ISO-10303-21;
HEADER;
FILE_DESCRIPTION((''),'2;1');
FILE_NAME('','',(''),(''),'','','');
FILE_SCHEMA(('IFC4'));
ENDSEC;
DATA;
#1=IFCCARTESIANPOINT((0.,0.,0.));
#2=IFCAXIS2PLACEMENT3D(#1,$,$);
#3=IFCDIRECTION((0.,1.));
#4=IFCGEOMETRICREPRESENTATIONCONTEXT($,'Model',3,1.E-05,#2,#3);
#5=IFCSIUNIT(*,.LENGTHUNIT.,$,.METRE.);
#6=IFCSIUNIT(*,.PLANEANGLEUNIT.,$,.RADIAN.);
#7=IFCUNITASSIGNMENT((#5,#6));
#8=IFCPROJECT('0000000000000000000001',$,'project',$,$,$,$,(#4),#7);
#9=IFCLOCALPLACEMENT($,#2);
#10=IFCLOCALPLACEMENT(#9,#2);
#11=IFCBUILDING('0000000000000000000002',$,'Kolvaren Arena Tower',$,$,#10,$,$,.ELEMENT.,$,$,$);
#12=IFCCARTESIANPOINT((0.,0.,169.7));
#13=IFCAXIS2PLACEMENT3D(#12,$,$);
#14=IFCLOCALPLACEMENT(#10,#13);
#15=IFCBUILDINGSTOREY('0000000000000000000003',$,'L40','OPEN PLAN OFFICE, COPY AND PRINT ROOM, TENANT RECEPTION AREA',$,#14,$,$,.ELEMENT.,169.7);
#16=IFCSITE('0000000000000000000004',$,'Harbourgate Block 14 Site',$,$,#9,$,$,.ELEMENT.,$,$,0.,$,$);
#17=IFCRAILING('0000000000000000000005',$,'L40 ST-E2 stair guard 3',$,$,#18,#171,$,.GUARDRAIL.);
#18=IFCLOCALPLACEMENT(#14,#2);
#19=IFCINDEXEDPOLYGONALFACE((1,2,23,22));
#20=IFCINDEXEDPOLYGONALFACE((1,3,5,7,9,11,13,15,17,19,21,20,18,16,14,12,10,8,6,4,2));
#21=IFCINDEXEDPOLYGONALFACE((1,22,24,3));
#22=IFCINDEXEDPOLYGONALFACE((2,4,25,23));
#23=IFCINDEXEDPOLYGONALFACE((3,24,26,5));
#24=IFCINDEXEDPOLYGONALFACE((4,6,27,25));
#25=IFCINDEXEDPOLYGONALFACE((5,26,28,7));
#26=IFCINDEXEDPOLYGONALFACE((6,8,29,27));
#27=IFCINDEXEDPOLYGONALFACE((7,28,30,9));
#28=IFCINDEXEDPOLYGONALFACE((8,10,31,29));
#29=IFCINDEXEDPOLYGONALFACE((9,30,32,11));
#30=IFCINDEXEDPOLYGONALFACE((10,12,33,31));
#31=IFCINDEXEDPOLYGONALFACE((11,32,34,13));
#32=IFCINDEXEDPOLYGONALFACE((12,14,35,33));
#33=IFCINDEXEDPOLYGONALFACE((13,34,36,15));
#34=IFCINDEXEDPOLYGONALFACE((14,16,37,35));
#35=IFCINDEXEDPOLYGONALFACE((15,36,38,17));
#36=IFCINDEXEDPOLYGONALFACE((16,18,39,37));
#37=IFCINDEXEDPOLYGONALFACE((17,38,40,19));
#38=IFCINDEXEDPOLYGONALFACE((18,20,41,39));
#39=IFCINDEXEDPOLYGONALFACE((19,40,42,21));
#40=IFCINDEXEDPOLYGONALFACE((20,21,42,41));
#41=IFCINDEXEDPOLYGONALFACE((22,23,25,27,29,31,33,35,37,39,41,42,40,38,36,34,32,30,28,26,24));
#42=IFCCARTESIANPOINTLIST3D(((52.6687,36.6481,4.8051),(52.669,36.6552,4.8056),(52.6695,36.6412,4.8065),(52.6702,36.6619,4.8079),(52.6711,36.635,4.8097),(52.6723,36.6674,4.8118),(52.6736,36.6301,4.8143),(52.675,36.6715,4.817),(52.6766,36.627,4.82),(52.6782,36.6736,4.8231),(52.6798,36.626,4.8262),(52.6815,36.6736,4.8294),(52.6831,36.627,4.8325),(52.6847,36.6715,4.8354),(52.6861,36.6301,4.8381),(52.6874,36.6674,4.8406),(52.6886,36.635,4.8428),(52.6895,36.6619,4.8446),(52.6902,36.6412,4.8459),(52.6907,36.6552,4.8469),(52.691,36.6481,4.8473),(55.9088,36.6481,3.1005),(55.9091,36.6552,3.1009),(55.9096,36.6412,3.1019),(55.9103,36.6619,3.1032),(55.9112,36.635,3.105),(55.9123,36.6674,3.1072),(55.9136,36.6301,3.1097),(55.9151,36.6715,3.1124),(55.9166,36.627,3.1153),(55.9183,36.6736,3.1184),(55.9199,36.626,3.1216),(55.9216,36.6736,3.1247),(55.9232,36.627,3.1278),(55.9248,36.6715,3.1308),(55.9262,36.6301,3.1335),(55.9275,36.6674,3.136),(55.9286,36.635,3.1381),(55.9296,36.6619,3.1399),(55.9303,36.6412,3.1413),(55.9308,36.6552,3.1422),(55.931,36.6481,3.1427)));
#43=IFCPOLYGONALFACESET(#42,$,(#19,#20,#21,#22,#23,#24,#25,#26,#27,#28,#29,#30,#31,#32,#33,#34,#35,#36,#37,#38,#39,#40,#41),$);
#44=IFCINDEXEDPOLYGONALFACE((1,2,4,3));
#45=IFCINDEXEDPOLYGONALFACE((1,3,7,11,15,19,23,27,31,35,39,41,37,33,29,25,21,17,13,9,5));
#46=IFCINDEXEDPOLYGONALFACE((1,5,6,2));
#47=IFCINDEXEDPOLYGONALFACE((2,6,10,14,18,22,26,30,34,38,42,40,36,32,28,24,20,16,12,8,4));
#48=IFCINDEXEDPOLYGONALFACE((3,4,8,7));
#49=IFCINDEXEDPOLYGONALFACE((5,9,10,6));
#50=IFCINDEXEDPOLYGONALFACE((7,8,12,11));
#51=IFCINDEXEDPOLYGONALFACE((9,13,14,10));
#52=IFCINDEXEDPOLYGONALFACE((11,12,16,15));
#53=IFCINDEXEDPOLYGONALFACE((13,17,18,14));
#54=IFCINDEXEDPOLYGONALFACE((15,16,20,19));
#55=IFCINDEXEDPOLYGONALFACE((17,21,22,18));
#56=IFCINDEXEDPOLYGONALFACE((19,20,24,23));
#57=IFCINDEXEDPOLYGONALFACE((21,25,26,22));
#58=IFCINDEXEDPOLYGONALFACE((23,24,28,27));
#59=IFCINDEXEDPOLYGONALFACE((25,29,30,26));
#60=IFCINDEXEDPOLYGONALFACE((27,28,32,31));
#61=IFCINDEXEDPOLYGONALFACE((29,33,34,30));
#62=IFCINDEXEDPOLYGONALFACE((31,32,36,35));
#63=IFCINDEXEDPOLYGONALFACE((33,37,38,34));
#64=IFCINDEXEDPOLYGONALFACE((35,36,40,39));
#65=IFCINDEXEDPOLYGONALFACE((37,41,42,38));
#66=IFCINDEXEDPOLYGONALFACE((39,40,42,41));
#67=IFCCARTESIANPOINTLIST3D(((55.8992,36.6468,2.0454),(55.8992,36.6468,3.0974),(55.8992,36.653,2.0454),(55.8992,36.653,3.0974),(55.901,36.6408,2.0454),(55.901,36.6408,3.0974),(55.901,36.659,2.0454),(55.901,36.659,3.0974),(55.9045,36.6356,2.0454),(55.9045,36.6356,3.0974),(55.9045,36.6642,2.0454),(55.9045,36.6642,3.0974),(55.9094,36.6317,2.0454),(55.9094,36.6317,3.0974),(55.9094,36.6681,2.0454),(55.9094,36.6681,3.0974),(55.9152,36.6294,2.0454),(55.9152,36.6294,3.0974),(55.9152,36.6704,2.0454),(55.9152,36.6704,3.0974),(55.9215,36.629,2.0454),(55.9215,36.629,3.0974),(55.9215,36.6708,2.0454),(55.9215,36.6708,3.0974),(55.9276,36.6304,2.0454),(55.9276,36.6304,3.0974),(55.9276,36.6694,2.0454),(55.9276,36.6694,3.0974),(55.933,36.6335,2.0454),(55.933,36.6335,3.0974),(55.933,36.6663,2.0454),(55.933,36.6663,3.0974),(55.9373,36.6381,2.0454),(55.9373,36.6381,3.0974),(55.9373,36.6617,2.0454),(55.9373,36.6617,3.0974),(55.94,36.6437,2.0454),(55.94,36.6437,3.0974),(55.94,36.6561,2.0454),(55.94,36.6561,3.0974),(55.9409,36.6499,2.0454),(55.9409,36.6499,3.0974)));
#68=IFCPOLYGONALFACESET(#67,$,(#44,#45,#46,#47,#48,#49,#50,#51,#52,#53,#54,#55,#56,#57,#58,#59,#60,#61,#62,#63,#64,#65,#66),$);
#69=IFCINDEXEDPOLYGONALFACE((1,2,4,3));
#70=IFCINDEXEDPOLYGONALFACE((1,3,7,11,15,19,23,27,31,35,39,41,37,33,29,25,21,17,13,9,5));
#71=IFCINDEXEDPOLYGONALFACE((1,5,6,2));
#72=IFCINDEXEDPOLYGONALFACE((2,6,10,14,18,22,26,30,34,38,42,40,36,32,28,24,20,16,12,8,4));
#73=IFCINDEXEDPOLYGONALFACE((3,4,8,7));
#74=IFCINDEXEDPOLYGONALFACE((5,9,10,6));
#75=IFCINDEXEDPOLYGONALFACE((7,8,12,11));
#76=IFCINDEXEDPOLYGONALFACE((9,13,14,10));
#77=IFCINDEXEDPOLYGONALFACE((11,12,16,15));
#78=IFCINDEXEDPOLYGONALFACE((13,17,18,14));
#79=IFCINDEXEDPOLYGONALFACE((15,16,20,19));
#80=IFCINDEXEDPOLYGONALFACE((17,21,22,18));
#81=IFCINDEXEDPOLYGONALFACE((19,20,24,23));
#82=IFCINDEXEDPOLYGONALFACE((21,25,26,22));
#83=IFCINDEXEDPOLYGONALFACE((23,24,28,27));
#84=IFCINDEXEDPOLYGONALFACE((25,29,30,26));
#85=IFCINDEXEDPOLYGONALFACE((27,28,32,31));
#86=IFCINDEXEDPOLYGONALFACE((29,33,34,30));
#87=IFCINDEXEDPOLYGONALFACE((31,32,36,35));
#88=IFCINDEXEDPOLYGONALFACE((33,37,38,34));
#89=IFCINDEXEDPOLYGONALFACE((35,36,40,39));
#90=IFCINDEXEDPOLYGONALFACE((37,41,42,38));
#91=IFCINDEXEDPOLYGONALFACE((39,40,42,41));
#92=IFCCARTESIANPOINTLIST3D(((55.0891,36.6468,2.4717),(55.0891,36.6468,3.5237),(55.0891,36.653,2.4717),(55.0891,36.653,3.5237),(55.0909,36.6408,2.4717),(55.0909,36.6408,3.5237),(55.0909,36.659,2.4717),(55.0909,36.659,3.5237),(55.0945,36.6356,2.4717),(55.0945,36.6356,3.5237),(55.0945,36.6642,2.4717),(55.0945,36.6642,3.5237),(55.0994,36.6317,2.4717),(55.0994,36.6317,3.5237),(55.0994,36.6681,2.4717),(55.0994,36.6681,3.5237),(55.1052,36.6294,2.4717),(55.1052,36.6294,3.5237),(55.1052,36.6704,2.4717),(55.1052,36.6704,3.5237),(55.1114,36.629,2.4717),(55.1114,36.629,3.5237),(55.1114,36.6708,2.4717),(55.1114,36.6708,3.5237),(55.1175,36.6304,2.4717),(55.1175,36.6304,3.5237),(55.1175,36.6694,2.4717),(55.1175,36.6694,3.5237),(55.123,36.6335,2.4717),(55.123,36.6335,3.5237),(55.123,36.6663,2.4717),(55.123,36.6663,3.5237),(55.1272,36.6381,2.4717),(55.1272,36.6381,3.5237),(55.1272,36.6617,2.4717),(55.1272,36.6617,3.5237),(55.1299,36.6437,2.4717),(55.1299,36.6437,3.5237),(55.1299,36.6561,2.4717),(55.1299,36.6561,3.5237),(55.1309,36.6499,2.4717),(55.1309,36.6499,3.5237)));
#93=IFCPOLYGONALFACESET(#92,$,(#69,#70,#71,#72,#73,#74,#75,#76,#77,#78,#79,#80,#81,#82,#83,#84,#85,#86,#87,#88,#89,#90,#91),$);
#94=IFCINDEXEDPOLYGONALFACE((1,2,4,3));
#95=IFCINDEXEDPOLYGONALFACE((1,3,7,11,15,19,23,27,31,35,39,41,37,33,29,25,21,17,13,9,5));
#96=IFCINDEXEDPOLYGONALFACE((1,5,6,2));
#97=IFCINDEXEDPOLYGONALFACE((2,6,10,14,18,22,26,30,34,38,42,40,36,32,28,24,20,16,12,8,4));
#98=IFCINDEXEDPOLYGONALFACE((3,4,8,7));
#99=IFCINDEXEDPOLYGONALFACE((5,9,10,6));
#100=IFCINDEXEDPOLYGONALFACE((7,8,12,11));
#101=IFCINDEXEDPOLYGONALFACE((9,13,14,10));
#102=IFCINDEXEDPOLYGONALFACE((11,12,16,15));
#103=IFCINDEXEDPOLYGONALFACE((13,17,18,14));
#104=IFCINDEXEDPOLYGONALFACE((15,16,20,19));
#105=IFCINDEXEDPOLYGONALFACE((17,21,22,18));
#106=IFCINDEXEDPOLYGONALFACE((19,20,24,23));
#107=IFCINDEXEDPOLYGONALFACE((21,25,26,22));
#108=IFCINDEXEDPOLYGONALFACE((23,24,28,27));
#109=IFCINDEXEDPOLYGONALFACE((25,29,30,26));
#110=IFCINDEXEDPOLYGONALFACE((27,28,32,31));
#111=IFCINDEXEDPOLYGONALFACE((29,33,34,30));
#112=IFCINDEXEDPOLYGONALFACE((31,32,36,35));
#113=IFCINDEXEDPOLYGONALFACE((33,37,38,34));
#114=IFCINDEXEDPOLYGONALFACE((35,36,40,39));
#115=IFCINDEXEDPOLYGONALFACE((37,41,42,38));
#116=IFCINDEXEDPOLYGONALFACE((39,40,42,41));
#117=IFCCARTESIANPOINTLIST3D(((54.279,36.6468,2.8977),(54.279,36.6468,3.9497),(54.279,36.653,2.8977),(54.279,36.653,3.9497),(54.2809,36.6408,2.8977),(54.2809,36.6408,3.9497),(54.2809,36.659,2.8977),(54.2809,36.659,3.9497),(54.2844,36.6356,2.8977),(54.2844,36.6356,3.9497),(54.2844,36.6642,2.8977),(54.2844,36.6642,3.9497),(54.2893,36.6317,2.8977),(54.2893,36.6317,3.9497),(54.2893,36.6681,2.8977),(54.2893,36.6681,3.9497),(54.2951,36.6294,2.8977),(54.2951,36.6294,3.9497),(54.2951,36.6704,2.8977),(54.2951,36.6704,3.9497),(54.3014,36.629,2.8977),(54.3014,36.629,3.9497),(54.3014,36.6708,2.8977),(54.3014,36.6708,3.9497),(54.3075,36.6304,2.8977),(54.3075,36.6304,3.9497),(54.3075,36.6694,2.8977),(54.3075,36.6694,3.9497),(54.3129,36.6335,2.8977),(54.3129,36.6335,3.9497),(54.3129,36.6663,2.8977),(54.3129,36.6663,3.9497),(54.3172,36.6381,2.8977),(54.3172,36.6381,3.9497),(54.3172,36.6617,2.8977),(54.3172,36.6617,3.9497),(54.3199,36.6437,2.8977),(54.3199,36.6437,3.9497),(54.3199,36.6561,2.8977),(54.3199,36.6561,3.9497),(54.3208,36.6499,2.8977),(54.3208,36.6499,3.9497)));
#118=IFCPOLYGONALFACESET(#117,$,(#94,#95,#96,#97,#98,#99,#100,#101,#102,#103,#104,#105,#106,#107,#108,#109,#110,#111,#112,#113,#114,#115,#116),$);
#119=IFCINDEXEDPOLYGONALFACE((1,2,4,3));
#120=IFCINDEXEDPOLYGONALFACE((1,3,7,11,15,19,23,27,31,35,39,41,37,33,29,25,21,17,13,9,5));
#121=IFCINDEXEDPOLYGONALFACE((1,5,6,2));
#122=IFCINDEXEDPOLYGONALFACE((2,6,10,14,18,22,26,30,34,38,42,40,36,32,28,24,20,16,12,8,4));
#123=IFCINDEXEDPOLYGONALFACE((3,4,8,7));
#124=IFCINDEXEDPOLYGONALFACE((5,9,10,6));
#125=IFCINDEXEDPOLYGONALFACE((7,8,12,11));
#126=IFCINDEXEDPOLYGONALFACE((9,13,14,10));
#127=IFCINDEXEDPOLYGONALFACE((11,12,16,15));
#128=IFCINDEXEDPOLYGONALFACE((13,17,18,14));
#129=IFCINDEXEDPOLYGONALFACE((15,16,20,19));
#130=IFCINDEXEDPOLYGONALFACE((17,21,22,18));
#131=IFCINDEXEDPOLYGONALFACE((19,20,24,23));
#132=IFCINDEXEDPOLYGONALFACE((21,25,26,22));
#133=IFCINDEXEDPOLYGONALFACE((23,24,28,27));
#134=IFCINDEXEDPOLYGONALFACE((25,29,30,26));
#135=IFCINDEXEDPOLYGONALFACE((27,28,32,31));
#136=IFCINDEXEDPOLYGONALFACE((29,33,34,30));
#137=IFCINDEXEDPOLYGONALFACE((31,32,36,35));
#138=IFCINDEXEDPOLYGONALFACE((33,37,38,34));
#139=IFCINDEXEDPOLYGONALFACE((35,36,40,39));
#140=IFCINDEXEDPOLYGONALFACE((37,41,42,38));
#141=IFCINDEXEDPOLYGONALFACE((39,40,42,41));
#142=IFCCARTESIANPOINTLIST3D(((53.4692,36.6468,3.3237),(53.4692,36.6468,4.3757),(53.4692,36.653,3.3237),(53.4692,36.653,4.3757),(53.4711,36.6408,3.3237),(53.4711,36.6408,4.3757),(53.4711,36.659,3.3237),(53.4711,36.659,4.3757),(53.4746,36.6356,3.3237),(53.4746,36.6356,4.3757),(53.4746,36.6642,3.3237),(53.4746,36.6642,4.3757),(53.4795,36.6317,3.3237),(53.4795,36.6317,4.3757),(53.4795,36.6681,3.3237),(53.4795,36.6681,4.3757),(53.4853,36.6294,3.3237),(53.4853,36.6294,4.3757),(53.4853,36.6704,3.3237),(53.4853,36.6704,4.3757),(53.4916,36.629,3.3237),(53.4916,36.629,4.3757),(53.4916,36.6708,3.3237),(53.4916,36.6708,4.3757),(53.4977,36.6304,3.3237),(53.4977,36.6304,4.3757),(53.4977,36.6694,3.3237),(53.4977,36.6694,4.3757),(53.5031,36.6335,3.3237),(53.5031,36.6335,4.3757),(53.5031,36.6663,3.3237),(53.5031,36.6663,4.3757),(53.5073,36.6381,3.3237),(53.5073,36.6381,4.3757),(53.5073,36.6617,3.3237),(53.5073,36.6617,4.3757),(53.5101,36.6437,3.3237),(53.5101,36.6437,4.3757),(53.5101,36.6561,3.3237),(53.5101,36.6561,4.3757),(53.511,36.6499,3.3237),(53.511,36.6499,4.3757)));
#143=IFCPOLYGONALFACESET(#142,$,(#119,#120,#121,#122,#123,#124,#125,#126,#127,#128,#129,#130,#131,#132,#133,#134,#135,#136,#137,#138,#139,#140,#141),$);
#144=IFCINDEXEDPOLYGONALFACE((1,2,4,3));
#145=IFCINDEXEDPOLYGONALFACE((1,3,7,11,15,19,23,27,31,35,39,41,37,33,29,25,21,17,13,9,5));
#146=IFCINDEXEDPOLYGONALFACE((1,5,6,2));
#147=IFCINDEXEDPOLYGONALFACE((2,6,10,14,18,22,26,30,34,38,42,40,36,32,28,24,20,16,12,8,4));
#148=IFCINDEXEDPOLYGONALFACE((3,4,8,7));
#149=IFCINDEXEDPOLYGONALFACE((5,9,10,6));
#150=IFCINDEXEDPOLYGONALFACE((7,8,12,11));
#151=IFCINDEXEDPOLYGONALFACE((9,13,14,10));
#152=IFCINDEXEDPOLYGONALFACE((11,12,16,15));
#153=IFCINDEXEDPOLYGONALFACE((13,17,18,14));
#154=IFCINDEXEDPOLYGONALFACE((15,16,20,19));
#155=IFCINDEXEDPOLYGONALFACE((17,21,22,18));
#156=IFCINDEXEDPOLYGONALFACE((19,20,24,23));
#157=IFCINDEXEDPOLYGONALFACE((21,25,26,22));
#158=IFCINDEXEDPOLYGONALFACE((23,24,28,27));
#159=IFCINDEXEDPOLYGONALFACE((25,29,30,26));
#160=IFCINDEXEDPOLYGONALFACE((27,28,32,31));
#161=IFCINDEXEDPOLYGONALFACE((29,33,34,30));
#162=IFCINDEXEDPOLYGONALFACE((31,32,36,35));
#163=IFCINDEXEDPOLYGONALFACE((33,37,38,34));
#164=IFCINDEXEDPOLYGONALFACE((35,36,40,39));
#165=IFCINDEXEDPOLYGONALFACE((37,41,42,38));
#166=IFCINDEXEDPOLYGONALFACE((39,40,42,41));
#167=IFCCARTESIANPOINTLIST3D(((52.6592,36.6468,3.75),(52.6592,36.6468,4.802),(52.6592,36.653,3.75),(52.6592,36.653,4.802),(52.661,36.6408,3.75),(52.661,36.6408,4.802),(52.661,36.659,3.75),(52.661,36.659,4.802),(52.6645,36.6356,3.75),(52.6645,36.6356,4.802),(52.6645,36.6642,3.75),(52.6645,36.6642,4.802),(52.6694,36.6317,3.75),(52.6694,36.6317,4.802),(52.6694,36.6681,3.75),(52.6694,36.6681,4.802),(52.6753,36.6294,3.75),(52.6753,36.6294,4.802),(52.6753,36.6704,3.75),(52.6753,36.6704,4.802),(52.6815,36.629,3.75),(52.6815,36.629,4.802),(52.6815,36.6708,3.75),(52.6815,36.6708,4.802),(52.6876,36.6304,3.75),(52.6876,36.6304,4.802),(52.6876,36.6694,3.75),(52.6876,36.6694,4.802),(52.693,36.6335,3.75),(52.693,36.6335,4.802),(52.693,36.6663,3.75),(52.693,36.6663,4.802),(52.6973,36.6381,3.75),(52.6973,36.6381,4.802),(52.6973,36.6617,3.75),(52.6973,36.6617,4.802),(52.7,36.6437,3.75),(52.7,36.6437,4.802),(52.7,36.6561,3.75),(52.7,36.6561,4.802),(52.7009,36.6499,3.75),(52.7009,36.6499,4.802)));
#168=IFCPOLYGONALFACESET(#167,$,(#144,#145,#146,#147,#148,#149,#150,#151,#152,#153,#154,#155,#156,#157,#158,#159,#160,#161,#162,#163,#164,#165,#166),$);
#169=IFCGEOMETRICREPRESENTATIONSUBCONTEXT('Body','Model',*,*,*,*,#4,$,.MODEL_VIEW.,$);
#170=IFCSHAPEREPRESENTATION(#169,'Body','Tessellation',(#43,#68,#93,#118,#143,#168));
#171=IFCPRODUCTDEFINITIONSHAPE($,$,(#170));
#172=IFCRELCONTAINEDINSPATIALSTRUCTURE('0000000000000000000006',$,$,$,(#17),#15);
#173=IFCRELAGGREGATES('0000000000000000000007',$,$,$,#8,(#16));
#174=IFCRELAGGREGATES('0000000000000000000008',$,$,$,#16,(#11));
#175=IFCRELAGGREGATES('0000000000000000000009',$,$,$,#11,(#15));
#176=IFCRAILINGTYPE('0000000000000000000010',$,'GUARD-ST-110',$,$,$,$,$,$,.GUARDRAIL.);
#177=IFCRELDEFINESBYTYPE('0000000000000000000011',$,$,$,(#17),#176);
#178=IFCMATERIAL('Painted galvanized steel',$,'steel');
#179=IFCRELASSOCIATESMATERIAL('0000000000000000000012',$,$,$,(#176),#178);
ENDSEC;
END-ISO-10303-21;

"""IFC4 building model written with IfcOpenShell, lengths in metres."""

from ifc_helpers import new_model, si_unit, direction, frame, origin, origin_2d, place, context, subcontext, project, spatial, circle, extrude, material, type_object, element, save


model = new_model("IFC4")

# Units and contexts
model_context = context("Model", 3, precision=1e-05, world=origin(), true_north=direction((0.0, 1.0)))
body_context = subcontext(model_context, "Body", "Model", "MODEL_VIEW")
ifc_project = project(units=[si_unit("LENGTHUNIT", "METRE"), si_unit("PLANEANGLEUNIT", "RADIAN")], contexts=[model_context])

# Site, building, storey
site_placement = place(None, origin())
site = spatial("IfcSite", under=ifc_project, at=site_placement, Name="Harbourgate Block 14 Site", CompositionType="ELEMENT", RefElevation=0.0)
building_placement = place(site_placement, origin())
building = spatial("IfcBuilding", under=site, at=building_placement, Name="Kolvaren Arena Tower", CompositionType="ELEMENT")
storey_placement = place(building_placement, frame((0.0, 0.0, 169.7)))
storey = spatial("IfcBuildingStorey", under=building, at=storey_placement, Name="L40", Description="OPEN PLAN OFFICE, COPY AND PRINT ROOM, TENANT RECEPTION AREA", CompositionType="ELEMENT", Elevation=169.7)

# Railing
ifc_material_1 = material(Name="Painted galvanized steel", Category="steel")
railing_type_1 = type_object("IfcRailingType", Name="GUARD-ST-110", PredefinedType="GUARDRAIL", material=ifc_material_1)
railing_1_placement = place(storey_placement, frame((55.9199, 36.6499, 2.0454)))
element("IfcRailing", 1, at=railing_1_placement, inside=storey, type_object=railing_type_1, Name="L40 ST-E2 stair guard 3", PredefinedType="GUARDRAIL", context=body_context, shape_type="SweptSolid", body=[
    extrude(circle(Radius=0.0239, at=origin_2d()), frame((0.0, 0.0, 1.0762), z_axis=(-0.884993, 0.0, 0.465604), x_axis=(0.0, -1.0, 0.0)), (0.0, 0.0, 1.0), 3.6611),
    extrude(circle(Radius=0.021, at=origin_2d()), origin(), (0.0, 0.0, 1.0), 1.052),
    extrude(circle(Radius=0.021, at=origin_2d()), frame((-0.8101, 0.0, 0.4263)), (0.0, 0.0, 1.0), 1.052),
    extrude(circle(Radius=0.021, at=origin_2d()), frame((-1.6201, 0.0, 0.8523)), (0.0, 0.0, 1.0), 1.052),
    extrude(circle(Radius=0.021, at=origin_2d()), frame((-2.4299, 0.0, 1.2783)), (0.0, 0.0, 1.0), 1.052),
    extrude(circle(Radius=0.021, at=origin_2d()), frame((-3.24, 0.0, 1.7046)), (0.0, 0.0, 1.0), 1.052),
])

save(model, "model.ifc")
